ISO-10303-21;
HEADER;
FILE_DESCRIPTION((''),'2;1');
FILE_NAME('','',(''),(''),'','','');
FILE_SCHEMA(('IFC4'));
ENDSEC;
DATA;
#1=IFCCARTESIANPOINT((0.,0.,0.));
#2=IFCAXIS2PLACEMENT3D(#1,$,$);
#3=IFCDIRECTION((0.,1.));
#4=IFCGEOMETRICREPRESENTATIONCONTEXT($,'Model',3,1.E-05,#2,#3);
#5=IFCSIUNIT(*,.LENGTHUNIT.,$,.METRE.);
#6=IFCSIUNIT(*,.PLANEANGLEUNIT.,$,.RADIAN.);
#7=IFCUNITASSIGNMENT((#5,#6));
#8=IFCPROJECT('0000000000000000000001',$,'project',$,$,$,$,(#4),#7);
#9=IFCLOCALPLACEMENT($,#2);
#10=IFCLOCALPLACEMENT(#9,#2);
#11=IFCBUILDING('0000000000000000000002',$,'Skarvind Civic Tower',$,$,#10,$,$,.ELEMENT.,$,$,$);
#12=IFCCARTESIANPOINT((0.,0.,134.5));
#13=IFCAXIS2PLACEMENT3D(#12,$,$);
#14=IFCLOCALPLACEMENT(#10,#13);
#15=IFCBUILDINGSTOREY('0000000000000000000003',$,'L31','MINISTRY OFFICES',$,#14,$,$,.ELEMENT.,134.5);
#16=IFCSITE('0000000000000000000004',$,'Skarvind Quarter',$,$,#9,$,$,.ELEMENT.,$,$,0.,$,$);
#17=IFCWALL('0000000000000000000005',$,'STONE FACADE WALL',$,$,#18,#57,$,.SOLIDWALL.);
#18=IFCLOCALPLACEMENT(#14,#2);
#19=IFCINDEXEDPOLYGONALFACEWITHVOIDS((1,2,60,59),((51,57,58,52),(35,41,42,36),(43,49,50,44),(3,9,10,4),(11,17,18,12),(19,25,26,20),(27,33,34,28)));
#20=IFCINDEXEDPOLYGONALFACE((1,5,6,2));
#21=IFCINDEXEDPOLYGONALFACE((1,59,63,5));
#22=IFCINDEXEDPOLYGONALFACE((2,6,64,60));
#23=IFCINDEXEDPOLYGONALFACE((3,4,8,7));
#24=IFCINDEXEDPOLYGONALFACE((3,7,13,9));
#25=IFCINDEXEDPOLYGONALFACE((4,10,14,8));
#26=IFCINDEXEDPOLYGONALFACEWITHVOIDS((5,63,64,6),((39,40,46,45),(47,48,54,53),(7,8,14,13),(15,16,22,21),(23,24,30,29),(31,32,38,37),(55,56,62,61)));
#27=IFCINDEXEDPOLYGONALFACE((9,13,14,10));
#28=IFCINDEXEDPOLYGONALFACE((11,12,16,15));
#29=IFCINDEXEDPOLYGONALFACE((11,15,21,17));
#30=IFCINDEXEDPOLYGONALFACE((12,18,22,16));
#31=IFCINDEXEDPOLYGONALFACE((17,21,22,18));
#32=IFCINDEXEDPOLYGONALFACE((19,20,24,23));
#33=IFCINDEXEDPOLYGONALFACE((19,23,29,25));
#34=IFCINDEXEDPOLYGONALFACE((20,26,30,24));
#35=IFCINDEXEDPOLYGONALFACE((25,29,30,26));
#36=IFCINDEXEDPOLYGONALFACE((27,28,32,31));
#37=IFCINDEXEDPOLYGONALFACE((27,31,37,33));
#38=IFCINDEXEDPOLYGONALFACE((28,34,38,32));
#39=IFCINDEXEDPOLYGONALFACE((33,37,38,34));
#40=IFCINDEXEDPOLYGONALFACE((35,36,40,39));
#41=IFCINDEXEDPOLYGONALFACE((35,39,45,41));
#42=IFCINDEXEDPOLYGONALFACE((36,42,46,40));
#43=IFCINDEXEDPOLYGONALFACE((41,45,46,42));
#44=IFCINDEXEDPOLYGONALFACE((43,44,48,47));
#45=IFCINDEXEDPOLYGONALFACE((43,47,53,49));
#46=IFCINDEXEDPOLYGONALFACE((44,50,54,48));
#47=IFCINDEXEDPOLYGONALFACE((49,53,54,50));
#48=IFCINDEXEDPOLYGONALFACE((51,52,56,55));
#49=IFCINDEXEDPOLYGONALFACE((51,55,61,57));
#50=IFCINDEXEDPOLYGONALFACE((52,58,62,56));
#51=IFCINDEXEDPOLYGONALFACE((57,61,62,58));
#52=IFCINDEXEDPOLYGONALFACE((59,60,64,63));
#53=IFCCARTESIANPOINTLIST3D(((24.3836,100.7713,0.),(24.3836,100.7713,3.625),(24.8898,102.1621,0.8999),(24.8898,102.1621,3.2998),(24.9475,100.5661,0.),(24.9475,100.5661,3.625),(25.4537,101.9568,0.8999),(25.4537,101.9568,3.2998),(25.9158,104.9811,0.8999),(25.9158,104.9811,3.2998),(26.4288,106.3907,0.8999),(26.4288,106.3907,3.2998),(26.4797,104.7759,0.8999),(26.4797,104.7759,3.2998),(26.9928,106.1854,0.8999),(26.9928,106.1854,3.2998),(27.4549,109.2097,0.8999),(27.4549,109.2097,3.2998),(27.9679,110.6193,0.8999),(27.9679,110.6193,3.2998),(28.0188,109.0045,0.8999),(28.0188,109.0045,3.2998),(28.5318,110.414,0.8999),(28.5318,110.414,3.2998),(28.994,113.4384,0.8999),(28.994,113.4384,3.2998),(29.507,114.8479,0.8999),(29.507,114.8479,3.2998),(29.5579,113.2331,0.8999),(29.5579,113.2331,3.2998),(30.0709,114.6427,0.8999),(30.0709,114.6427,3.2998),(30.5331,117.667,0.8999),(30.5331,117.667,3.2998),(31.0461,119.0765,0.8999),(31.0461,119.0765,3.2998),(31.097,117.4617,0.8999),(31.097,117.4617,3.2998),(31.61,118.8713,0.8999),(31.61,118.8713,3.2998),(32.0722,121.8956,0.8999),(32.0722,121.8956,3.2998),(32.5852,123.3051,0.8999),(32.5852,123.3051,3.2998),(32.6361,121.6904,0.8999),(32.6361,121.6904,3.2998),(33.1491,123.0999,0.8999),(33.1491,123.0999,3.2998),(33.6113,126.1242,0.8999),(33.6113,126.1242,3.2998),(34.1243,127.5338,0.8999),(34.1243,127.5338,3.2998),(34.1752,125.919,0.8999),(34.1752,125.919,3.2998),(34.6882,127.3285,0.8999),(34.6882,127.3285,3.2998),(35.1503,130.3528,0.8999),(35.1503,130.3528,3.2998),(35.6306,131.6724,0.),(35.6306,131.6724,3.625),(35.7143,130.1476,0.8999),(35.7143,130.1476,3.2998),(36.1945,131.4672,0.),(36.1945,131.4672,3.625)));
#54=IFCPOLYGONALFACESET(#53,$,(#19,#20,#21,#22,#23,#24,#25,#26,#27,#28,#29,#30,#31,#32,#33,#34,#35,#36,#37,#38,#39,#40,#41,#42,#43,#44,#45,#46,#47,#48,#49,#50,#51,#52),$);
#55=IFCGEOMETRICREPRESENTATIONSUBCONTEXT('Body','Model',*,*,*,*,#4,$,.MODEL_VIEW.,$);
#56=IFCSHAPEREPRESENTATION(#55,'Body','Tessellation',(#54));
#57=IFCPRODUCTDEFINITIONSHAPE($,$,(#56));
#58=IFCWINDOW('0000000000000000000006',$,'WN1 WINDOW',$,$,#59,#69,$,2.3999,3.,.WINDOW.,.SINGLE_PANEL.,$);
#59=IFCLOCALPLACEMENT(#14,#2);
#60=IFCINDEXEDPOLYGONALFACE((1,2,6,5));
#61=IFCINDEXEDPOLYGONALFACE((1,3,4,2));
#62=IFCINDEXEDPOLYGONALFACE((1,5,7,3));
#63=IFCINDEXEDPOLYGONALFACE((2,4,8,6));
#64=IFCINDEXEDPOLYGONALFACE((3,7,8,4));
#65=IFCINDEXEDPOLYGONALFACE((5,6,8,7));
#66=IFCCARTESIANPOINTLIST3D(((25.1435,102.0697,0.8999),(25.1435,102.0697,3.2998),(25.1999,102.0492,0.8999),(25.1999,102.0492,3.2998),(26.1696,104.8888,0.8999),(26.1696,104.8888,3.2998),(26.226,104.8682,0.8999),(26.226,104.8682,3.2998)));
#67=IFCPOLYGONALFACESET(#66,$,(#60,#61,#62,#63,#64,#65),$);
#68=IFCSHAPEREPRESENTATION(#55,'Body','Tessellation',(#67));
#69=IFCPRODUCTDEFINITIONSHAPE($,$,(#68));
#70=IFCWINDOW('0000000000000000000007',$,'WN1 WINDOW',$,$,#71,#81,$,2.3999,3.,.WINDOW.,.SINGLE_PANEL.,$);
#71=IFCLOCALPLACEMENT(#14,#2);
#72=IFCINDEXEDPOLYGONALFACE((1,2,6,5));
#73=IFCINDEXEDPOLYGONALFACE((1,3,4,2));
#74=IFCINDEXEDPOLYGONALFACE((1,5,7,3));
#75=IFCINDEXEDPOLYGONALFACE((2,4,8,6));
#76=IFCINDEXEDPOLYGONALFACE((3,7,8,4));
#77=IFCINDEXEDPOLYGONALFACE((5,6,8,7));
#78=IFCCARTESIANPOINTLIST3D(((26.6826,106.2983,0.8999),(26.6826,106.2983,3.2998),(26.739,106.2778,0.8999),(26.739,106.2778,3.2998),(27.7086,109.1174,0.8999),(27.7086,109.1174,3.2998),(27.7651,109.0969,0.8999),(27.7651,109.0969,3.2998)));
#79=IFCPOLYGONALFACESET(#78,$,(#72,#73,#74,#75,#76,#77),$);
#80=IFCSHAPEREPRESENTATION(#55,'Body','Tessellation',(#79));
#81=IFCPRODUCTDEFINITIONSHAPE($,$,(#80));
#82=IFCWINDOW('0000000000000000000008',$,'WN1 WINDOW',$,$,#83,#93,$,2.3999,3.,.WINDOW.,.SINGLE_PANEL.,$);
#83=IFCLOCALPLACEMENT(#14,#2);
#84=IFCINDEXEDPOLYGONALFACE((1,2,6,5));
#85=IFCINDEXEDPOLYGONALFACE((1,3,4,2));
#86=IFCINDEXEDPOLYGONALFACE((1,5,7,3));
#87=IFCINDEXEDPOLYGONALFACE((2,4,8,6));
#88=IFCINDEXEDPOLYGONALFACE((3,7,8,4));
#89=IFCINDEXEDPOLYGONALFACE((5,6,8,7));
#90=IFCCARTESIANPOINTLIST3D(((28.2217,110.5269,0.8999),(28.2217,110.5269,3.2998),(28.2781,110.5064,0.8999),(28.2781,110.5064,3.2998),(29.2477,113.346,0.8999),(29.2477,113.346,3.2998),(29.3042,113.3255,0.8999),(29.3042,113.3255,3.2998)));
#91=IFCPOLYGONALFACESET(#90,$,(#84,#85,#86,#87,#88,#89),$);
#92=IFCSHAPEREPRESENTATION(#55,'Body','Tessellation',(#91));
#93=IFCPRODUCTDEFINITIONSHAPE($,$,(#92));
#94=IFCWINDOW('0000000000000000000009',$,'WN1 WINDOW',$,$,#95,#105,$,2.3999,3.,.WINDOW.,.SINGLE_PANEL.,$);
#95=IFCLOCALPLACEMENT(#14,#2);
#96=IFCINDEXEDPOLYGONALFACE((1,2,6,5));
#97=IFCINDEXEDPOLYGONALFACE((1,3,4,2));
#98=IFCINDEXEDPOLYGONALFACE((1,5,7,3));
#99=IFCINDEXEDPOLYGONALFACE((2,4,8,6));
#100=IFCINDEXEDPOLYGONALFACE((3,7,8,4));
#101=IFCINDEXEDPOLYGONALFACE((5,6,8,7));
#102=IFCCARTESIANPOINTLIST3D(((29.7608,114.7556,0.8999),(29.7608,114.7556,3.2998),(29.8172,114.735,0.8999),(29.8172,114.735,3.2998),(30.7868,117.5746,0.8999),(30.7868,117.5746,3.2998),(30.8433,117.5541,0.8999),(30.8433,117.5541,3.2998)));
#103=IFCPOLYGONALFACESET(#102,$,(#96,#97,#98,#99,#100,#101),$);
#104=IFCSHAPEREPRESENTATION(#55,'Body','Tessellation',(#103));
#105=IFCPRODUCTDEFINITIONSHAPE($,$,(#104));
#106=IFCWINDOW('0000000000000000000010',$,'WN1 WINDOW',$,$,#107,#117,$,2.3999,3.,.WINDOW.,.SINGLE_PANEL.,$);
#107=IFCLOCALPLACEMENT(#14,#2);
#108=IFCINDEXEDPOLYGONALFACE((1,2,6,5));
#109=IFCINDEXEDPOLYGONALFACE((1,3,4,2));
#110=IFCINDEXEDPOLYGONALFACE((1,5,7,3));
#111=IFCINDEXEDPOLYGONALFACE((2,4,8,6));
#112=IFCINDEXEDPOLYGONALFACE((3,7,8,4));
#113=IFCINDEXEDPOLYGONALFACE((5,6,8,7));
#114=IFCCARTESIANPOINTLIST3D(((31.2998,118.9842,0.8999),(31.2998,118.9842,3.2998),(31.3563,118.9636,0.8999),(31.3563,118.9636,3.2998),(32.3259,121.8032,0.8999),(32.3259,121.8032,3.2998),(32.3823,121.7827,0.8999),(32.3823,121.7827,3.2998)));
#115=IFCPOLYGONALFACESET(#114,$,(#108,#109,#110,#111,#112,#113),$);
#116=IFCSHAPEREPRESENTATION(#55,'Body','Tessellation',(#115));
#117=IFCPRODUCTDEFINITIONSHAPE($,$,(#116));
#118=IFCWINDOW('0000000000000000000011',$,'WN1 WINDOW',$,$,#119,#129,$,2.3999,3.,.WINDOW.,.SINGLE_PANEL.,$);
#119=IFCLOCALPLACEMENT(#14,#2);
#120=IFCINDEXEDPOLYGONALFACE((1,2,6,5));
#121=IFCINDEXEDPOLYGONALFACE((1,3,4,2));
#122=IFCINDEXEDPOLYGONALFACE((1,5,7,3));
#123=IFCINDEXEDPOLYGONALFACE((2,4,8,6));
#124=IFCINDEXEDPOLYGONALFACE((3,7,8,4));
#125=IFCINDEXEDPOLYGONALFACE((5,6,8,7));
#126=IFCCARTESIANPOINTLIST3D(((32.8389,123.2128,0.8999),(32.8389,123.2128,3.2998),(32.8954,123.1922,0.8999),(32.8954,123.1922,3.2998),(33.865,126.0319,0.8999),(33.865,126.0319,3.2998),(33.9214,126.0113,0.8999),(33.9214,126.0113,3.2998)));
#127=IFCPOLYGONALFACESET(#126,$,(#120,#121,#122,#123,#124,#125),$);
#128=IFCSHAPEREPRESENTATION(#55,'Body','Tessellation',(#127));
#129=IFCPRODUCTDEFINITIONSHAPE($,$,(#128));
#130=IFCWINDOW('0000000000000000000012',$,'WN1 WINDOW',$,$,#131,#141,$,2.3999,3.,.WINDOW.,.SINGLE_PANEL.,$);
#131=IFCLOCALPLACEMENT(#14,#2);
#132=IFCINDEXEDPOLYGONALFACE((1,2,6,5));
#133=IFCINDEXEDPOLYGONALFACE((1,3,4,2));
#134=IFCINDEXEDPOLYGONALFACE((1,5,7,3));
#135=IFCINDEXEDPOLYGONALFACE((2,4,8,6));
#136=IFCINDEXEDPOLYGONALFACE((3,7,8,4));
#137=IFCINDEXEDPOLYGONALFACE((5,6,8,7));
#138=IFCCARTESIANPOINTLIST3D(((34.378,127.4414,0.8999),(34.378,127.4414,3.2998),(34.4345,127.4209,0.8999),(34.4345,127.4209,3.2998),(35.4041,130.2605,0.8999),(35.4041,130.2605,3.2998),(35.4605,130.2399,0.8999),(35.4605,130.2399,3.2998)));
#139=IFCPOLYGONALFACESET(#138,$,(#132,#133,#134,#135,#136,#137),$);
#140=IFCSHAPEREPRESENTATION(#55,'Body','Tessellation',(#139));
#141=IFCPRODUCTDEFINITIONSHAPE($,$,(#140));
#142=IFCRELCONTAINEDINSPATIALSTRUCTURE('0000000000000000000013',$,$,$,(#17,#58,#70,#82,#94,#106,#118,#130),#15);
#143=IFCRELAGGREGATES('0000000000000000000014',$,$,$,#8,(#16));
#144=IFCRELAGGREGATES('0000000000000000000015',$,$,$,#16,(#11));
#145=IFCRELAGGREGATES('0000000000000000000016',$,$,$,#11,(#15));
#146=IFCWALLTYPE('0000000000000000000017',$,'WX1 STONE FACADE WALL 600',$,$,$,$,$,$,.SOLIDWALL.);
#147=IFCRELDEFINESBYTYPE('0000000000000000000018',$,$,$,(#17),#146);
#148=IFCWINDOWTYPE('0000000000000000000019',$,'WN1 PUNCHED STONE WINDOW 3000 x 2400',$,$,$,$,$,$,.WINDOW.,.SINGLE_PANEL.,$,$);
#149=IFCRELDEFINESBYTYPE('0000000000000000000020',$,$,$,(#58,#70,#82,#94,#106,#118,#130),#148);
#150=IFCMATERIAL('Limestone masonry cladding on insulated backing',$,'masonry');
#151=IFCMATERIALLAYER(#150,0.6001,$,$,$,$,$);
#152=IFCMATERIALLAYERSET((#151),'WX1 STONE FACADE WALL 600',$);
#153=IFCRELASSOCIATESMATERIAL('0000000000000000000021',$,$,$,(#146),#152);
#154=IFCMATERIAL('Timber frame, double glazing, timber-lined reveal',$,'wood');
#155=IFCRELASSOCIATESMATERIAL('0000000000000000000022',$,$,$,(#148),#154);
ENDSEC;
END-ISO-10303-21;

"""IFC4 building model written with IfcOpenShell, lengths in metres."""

from ifc_helpers import new_model, si_unit, direction, frame, frame_2d, origin, place, context, subcontext, project, spatial, rectangle, extrude, material, layer, layer_set, type_object, element, fill, save


model = new_model("IFC4")

# Units and contexts
model_context = context("Model", 3, precision=1e-05, world=origin(), true_north=direction((0.0, 1.0)))
body_context = subcontext(model_context, "Body", "Model", "MODEL_VIEW")
ifc_project = project(units=[si_unit("LENGTHUNIT", "METRE"), si_unit("PLANEANGLEUNIT", "RADIAN")], contexts=[model_context])

# Site, building, storey
site_placement = place(None, origin())
site = spatial("IfcSite", under=ifc_project, at=site_placement, Name="Skarvind Quarter", CompositionType="ELEMENT", RefElevation=0.0)
building_placement = place(site_placement, origin())
building = spatial("IfcBuilding", under=site, at=building_placement, Name="Skarvind Civic Tower", CompositionType="ELEMENT")
storey_placement = place(building_placement, frame((0.0, 0.0, 134.5)))
storey = spatial("IfcBuildingStorey", under=building, at=storey_placement, Name="L31", Description="MINISTRY OFFICES", CompositionType="ELEMENT", Elevation=134.5)

# Wall, openings, windows
ifc_material_1 = material(Name="Limestone masonry cladding on insulated backing", Category="masonry")
ifc_layer_1 = layer(ifc_material_1, 0.6001)
ifc_layer_set_1 = layer_set([ifc_layer_1], Name="WX1 STONE FACADE WALL 600")
wall_type_1 = type_object("IfcWallType", Name="WX1 STONE FACADE WALL 600", PredefinedType="SOLIDWALL", material=ifc_layer_set_1)
wall_1_placement = place(storey_placement, frame((24.6655, 100.6687, 0.0), z_axis=(0.0, 0.0, 1.0), x_axis=(0.34202, 0.939693, 0.0)))
wall_1 = element("IfcWall", 1, at=wall_1_placement, inside=storey, type_object=wall_type_1, Name="STONE FACADE WALL", PredefinedType="SOLIDWALL", context=body_context, shape_type="SweptSolid", body=[
    extrude(rectangle(XDim=32.8843, YDim=0.6001, at=frame_2d((16.4421, 0.0))), origin(), (0.0, 0.0, 1.0), 3.625),
])
opening_1_placement = place(wall_1_placement, frame((1.48, 0.0, 0.8999)))
opening_1 = element("IfcOpeningElement", 2, at=opening_1_placement, cuts=wall_1, PredefinedType="OPENING", context=body_context, shape_type="SweptSolid", body=[
    extrude(rectangle(XDim=3.0, YDim=2.3999, at=frame_2d((1.5, 1.2))), frame((0.0, 0.3101, 0.0), z_axis=(0.0, -1.0, 0.0), x_axis=(1.0, 0.0, 0.0)), (0.0, 0.0, 1.0), 0.6201),
])
opening_2_placement = place(wall_1_placement, frame((5.98, 0.0, 0.8999)))
opening_2 = element("IfcOpeningElement", 3, at=opening_2_placement, cuts=wall_1, PredefinedType="OPENING", context=body_context, shape_type="SweptSolid", body=[
    extrude(rectangle(XDim=3.0, YDim=2.3999, at=frame_2d((1.5, 1.2))), frame((0.0, 0.3101, 0.0), z_axis=(0.0, -1.0, 0.0), x_axis=(1.0, 0.0, 0.0)), (0.0, 0.0, 1.0), 0.6201),
])
opening_3_placement = place(wall_1_placement, frame((10.48, 0.0, 0.8999)))
opening_3 = element("IfcOpeningElement", 4, at=opening_3_placement, cuts=wall_1, PredefinedType="OPENING", context=body_context, shape_type="SweptSolid", body=[
    extrude(rectangle(XDim=3.0, YDim=2.3999, at=frame_2d((1.5, 1.2))), frame((0.0, 0.3101, 0.0), z_axis=(0.0, -1.0, 0.0), x_axis=(1.0, 0.0, 0.0)), (0.0, 0.0, 1.0), 0.6201),
])
opening_4_placement = place(wall_1_placement, frame((14.98, 0.0, 0.8999)))
opening_4 = element("IfcOpeningElement", 5, at=opening_4_placement, cuts=wall_1, PredefinedType="OPENING", context=body_context, shape_type="SweptSolid", body=[
    extrude(rectangle(XDim=3.0, YDim=2.3999, at=frame_2d((1.5, 1.2))), frame((0.0, 0.3101, 0.0), z_axis=(0.0, -1.0, 0.0), x_axis=(1.0, 0.0, 0.0)), (0.0, 0.0, 1.0), 0.6201),
])
opening_5_placement = place(wall_1_placement, frame((19.48, 0.0, 0.8999)))
opening_5 = element("IfcOpeningElement", 6, at=opening_5_placement, cuts=wall_1, PredefinedType="OPENING", context=body_context, shape_type="SweptSolid", body=[
    extrude(rectangle(XDim=3.0, YDim=2.3999, at=frame_2d((1.5, 1.2))), frame((0.0, 0.3101, 0.0), z_axis=(0.0, -1.0, 0.0), x_axis=(1.0, 0.0, 0.0)), (0.0, 0.0, 1.0), 0.6201),
])
opening_6_placement = place(wall_1_placement, frame((23.98, 0.0, 0.8999)))
opening_6 = element("IfcOpeningElement", 7, at=opening_6_placement, cuts=wall_1, PredefinedType="OPENING", context=body_context, shape_type="SweptSolid", body=[
    extrude(rectangle(XDim=3.0, YDim=2.3999, at=frame_2d((1.5, 1.2))), frame((0.0, 0.3101, 0.0), z_axis=(0.0, -1.0, 0.0), x_axis=(1.0, 0.0, 0.0)), (0.0, 0.0, 1.0), 0.6201),
])
opening_7_placement = place(wall_1_placement, frame((28.48, 0.0, 0.8999)))
opening_7 = element("IfcOpeningElement", 8, at=opening_7_placement, cuts=wall_1, PredefinedType="OPENING", context=body_context, shape_type="SweptSolid", body=[
    extrude(rectangle(XDim=3.0, YDim=2.3999, at=frame_2d((1.5, 1.2))), frame((0.0, 0.3101, 0.0), z_axis=(0.0, -1.0, 0.0), x_axis=(1.0, 0.0, 0.0)), (0.0, 0.0, 1.0), 0.6201),
])
ifc_material_2 = material(Name="Timber frame, double glazing, timber-lined reveal", Category="wood")
window_type = type_object("IfcWindowType", Name="WN1 PUNCHED STONE WINDOW 3000 x 2400", PartitioningType="SINGLE_PANEL", PredefinedType="WINDOW", material=ifc_material_2)
window_1_placement = place(opening_1_placement, origin())
window_1 = element("IfcWindow", 9, at=window_1_placement, inside=storey, type_object=window_type, Name="WN1 WINDOW", OverallHeight=2.3999, OverallWidth=3.0, PartitioningType="SINGLE_PANEL", PredefinedType="WINDOW", context=body_context, shape_type="SweptSolid", body=[
    extrude(rectangle(XDim=3.0, YDim=2.3999, at=frame_2d((1.5, 1.2))), frame((0.0, 0.03, 0.0), z_axis=(0.0, -1.0, 0.0), x_axis=(1.0, 0.0, 0.0)), (0.0, 0.0, 1.0), 0.0601),
])
fill(opening_1, window_1)
window_2_placement = place(opening_2_placement, origin())
window_2 = element("IfcWindow", 10, at=window_2_placement, inside=storey, type_object=window_type, Name="WN1 WINDOW", OverallHeight=2.3999, OverallWidth=3.0, PartitioningType="SINGLE_PANEL", PredefinedType="WINDOW", context=body_context, shape_type="SweptSolid", body=[
    extrude(rectangle(XDim=3.0, YDim=2.3999, at=frame_2d((1.5, 1.2))), frame((0.0, 0.03, 0.0), z_axis=(0.0, -1.0, 0.0), x_axis=(1.0, 0.0, 0.0)), (0.0, 0.0, 1.0), 0.0601),
])
fill(opening_2, window_2)
window_3_placement = place(opening_3_placement, origin())
window_3 = element("IfcWindow", 11, at=window_3_placement, inside=storey, type_object=window_type, Name="WN1 WINDOW", OverallHeight=2.3999, OverallWidth=3.0, PartitioningType="SINGLE_PANEL", PredefinedType="WINDOW", context=body_context, shape_type="SweptSolid", body=[
    extrude(rectangle(XDim=3.0, YDim=2.3999, at=frame_2d((1.5, 1.2))), frame((0.0, 0.03, 0.0), z_axis=(0.0, -1.0, 0.0), x_axis=(1.0, 0.0, 0.0)), (0.0, 0.0, 1.0), 0.0601),
])
fill(opening_3, window_3)
window_4_placement = place(opening_4_placement, origin())
window_4 = element("IfcWindow", 12, at=window_4_placement, inside=storey, type_object=window_type, Name="WN1 WINDOW", OverallHeight=2.3999, OverallWidth=3.0, PartitioningType="SINGLE_PANEL", PredefinedType="WINDOW", context=body_context, shape_type="SweptSolid", body=[
    extrude(rectangle(XDim=3.0, YDim=2.3999, at=frame_2d((1.5, 1.2))), frame((0.0, 0.03, 0.0), z_axis=(0.0, -1.0, 0.0), x_axis=(1.0, 0.0, 0.0)), (0.0, 0.0, 1.0), 0.0601),
])
fill(opening_4, window_4)
window_5_placement = place(opening_5_placement, origin())
window_5 = element("IfcWindow", 13, at=window_5_placement, inside=storey, type_object=window_type, Name="WN1 WINDOW", OverallHeight=2.3999, OverallWidth=3.0, PartitioningType="SINGLE_PANEL", PredefinedType="WINDOW", context=body_context, shape_type="SweptSolid", body=[
    extrude(rectangle(XDim=3.0, YDim=2.3999, at=frame_2d((1.5, 1.2))), frame((0.0, 0.03, 0.0), z_axis=(0.0, -1.0, 0.0), x_axis=(1.0, 0.0, 0.0)), (0.0, 0.0, 1.0), 0.0601),
])
fill(opening_5, window_5)
window_6_placement = place(opening_6_placement, origin())
window_6 = element("IfcWindow", 14, at=window_6_placement, inside=storey, type_object=window_type, Name="WN1 WINDOW", OverallHeight=2.3999, OverallWidth=3.0, PartitioningType="SINGLE_PANEL", PredefinedType="WINDOW", context=body_context, shape_type="SweptSolid", body=[
    extrude(rectangle(XDim=3.0, YDim=2.3999, at=frame_2d((1.5, 1.2))), frame((0.0, 0.03, 0.0), z_axis=(0.0, -1.0, 0.0), x_axis=(1.0, 0.0, 0.0)), (0.0, 0.0, 1.0), 0.0601),
])
fill(opening_6, window_6)
window_7_placement = place(opening_7_placement, origin())
window_7 = element("IfcWindow", 15, at=window_7_placement, inside=storey, type_object=window_type, Name="WN1 WINDOW", OverallHeight=2.3999, OverallWidth=3.0, PartitioningType="SINGLE_PANEL", PredefinedType="WINDOW", context=body_context, shape_type="SweptSolid", body=[
    extrude(rectangle(XDim=3.0, YDim=2.3999, at=frame_2d((1.5, 1.2))), frame((0.0, 0.03, 0.0), z_axis=(0.0, -1.0, 0.0), x_axis=(1.0, 0.0, 0.0)), (0.0, 0.0, 1.0), 0.0601),
])
fill(opening_7, window_7)

save(model, "model.ifc")
